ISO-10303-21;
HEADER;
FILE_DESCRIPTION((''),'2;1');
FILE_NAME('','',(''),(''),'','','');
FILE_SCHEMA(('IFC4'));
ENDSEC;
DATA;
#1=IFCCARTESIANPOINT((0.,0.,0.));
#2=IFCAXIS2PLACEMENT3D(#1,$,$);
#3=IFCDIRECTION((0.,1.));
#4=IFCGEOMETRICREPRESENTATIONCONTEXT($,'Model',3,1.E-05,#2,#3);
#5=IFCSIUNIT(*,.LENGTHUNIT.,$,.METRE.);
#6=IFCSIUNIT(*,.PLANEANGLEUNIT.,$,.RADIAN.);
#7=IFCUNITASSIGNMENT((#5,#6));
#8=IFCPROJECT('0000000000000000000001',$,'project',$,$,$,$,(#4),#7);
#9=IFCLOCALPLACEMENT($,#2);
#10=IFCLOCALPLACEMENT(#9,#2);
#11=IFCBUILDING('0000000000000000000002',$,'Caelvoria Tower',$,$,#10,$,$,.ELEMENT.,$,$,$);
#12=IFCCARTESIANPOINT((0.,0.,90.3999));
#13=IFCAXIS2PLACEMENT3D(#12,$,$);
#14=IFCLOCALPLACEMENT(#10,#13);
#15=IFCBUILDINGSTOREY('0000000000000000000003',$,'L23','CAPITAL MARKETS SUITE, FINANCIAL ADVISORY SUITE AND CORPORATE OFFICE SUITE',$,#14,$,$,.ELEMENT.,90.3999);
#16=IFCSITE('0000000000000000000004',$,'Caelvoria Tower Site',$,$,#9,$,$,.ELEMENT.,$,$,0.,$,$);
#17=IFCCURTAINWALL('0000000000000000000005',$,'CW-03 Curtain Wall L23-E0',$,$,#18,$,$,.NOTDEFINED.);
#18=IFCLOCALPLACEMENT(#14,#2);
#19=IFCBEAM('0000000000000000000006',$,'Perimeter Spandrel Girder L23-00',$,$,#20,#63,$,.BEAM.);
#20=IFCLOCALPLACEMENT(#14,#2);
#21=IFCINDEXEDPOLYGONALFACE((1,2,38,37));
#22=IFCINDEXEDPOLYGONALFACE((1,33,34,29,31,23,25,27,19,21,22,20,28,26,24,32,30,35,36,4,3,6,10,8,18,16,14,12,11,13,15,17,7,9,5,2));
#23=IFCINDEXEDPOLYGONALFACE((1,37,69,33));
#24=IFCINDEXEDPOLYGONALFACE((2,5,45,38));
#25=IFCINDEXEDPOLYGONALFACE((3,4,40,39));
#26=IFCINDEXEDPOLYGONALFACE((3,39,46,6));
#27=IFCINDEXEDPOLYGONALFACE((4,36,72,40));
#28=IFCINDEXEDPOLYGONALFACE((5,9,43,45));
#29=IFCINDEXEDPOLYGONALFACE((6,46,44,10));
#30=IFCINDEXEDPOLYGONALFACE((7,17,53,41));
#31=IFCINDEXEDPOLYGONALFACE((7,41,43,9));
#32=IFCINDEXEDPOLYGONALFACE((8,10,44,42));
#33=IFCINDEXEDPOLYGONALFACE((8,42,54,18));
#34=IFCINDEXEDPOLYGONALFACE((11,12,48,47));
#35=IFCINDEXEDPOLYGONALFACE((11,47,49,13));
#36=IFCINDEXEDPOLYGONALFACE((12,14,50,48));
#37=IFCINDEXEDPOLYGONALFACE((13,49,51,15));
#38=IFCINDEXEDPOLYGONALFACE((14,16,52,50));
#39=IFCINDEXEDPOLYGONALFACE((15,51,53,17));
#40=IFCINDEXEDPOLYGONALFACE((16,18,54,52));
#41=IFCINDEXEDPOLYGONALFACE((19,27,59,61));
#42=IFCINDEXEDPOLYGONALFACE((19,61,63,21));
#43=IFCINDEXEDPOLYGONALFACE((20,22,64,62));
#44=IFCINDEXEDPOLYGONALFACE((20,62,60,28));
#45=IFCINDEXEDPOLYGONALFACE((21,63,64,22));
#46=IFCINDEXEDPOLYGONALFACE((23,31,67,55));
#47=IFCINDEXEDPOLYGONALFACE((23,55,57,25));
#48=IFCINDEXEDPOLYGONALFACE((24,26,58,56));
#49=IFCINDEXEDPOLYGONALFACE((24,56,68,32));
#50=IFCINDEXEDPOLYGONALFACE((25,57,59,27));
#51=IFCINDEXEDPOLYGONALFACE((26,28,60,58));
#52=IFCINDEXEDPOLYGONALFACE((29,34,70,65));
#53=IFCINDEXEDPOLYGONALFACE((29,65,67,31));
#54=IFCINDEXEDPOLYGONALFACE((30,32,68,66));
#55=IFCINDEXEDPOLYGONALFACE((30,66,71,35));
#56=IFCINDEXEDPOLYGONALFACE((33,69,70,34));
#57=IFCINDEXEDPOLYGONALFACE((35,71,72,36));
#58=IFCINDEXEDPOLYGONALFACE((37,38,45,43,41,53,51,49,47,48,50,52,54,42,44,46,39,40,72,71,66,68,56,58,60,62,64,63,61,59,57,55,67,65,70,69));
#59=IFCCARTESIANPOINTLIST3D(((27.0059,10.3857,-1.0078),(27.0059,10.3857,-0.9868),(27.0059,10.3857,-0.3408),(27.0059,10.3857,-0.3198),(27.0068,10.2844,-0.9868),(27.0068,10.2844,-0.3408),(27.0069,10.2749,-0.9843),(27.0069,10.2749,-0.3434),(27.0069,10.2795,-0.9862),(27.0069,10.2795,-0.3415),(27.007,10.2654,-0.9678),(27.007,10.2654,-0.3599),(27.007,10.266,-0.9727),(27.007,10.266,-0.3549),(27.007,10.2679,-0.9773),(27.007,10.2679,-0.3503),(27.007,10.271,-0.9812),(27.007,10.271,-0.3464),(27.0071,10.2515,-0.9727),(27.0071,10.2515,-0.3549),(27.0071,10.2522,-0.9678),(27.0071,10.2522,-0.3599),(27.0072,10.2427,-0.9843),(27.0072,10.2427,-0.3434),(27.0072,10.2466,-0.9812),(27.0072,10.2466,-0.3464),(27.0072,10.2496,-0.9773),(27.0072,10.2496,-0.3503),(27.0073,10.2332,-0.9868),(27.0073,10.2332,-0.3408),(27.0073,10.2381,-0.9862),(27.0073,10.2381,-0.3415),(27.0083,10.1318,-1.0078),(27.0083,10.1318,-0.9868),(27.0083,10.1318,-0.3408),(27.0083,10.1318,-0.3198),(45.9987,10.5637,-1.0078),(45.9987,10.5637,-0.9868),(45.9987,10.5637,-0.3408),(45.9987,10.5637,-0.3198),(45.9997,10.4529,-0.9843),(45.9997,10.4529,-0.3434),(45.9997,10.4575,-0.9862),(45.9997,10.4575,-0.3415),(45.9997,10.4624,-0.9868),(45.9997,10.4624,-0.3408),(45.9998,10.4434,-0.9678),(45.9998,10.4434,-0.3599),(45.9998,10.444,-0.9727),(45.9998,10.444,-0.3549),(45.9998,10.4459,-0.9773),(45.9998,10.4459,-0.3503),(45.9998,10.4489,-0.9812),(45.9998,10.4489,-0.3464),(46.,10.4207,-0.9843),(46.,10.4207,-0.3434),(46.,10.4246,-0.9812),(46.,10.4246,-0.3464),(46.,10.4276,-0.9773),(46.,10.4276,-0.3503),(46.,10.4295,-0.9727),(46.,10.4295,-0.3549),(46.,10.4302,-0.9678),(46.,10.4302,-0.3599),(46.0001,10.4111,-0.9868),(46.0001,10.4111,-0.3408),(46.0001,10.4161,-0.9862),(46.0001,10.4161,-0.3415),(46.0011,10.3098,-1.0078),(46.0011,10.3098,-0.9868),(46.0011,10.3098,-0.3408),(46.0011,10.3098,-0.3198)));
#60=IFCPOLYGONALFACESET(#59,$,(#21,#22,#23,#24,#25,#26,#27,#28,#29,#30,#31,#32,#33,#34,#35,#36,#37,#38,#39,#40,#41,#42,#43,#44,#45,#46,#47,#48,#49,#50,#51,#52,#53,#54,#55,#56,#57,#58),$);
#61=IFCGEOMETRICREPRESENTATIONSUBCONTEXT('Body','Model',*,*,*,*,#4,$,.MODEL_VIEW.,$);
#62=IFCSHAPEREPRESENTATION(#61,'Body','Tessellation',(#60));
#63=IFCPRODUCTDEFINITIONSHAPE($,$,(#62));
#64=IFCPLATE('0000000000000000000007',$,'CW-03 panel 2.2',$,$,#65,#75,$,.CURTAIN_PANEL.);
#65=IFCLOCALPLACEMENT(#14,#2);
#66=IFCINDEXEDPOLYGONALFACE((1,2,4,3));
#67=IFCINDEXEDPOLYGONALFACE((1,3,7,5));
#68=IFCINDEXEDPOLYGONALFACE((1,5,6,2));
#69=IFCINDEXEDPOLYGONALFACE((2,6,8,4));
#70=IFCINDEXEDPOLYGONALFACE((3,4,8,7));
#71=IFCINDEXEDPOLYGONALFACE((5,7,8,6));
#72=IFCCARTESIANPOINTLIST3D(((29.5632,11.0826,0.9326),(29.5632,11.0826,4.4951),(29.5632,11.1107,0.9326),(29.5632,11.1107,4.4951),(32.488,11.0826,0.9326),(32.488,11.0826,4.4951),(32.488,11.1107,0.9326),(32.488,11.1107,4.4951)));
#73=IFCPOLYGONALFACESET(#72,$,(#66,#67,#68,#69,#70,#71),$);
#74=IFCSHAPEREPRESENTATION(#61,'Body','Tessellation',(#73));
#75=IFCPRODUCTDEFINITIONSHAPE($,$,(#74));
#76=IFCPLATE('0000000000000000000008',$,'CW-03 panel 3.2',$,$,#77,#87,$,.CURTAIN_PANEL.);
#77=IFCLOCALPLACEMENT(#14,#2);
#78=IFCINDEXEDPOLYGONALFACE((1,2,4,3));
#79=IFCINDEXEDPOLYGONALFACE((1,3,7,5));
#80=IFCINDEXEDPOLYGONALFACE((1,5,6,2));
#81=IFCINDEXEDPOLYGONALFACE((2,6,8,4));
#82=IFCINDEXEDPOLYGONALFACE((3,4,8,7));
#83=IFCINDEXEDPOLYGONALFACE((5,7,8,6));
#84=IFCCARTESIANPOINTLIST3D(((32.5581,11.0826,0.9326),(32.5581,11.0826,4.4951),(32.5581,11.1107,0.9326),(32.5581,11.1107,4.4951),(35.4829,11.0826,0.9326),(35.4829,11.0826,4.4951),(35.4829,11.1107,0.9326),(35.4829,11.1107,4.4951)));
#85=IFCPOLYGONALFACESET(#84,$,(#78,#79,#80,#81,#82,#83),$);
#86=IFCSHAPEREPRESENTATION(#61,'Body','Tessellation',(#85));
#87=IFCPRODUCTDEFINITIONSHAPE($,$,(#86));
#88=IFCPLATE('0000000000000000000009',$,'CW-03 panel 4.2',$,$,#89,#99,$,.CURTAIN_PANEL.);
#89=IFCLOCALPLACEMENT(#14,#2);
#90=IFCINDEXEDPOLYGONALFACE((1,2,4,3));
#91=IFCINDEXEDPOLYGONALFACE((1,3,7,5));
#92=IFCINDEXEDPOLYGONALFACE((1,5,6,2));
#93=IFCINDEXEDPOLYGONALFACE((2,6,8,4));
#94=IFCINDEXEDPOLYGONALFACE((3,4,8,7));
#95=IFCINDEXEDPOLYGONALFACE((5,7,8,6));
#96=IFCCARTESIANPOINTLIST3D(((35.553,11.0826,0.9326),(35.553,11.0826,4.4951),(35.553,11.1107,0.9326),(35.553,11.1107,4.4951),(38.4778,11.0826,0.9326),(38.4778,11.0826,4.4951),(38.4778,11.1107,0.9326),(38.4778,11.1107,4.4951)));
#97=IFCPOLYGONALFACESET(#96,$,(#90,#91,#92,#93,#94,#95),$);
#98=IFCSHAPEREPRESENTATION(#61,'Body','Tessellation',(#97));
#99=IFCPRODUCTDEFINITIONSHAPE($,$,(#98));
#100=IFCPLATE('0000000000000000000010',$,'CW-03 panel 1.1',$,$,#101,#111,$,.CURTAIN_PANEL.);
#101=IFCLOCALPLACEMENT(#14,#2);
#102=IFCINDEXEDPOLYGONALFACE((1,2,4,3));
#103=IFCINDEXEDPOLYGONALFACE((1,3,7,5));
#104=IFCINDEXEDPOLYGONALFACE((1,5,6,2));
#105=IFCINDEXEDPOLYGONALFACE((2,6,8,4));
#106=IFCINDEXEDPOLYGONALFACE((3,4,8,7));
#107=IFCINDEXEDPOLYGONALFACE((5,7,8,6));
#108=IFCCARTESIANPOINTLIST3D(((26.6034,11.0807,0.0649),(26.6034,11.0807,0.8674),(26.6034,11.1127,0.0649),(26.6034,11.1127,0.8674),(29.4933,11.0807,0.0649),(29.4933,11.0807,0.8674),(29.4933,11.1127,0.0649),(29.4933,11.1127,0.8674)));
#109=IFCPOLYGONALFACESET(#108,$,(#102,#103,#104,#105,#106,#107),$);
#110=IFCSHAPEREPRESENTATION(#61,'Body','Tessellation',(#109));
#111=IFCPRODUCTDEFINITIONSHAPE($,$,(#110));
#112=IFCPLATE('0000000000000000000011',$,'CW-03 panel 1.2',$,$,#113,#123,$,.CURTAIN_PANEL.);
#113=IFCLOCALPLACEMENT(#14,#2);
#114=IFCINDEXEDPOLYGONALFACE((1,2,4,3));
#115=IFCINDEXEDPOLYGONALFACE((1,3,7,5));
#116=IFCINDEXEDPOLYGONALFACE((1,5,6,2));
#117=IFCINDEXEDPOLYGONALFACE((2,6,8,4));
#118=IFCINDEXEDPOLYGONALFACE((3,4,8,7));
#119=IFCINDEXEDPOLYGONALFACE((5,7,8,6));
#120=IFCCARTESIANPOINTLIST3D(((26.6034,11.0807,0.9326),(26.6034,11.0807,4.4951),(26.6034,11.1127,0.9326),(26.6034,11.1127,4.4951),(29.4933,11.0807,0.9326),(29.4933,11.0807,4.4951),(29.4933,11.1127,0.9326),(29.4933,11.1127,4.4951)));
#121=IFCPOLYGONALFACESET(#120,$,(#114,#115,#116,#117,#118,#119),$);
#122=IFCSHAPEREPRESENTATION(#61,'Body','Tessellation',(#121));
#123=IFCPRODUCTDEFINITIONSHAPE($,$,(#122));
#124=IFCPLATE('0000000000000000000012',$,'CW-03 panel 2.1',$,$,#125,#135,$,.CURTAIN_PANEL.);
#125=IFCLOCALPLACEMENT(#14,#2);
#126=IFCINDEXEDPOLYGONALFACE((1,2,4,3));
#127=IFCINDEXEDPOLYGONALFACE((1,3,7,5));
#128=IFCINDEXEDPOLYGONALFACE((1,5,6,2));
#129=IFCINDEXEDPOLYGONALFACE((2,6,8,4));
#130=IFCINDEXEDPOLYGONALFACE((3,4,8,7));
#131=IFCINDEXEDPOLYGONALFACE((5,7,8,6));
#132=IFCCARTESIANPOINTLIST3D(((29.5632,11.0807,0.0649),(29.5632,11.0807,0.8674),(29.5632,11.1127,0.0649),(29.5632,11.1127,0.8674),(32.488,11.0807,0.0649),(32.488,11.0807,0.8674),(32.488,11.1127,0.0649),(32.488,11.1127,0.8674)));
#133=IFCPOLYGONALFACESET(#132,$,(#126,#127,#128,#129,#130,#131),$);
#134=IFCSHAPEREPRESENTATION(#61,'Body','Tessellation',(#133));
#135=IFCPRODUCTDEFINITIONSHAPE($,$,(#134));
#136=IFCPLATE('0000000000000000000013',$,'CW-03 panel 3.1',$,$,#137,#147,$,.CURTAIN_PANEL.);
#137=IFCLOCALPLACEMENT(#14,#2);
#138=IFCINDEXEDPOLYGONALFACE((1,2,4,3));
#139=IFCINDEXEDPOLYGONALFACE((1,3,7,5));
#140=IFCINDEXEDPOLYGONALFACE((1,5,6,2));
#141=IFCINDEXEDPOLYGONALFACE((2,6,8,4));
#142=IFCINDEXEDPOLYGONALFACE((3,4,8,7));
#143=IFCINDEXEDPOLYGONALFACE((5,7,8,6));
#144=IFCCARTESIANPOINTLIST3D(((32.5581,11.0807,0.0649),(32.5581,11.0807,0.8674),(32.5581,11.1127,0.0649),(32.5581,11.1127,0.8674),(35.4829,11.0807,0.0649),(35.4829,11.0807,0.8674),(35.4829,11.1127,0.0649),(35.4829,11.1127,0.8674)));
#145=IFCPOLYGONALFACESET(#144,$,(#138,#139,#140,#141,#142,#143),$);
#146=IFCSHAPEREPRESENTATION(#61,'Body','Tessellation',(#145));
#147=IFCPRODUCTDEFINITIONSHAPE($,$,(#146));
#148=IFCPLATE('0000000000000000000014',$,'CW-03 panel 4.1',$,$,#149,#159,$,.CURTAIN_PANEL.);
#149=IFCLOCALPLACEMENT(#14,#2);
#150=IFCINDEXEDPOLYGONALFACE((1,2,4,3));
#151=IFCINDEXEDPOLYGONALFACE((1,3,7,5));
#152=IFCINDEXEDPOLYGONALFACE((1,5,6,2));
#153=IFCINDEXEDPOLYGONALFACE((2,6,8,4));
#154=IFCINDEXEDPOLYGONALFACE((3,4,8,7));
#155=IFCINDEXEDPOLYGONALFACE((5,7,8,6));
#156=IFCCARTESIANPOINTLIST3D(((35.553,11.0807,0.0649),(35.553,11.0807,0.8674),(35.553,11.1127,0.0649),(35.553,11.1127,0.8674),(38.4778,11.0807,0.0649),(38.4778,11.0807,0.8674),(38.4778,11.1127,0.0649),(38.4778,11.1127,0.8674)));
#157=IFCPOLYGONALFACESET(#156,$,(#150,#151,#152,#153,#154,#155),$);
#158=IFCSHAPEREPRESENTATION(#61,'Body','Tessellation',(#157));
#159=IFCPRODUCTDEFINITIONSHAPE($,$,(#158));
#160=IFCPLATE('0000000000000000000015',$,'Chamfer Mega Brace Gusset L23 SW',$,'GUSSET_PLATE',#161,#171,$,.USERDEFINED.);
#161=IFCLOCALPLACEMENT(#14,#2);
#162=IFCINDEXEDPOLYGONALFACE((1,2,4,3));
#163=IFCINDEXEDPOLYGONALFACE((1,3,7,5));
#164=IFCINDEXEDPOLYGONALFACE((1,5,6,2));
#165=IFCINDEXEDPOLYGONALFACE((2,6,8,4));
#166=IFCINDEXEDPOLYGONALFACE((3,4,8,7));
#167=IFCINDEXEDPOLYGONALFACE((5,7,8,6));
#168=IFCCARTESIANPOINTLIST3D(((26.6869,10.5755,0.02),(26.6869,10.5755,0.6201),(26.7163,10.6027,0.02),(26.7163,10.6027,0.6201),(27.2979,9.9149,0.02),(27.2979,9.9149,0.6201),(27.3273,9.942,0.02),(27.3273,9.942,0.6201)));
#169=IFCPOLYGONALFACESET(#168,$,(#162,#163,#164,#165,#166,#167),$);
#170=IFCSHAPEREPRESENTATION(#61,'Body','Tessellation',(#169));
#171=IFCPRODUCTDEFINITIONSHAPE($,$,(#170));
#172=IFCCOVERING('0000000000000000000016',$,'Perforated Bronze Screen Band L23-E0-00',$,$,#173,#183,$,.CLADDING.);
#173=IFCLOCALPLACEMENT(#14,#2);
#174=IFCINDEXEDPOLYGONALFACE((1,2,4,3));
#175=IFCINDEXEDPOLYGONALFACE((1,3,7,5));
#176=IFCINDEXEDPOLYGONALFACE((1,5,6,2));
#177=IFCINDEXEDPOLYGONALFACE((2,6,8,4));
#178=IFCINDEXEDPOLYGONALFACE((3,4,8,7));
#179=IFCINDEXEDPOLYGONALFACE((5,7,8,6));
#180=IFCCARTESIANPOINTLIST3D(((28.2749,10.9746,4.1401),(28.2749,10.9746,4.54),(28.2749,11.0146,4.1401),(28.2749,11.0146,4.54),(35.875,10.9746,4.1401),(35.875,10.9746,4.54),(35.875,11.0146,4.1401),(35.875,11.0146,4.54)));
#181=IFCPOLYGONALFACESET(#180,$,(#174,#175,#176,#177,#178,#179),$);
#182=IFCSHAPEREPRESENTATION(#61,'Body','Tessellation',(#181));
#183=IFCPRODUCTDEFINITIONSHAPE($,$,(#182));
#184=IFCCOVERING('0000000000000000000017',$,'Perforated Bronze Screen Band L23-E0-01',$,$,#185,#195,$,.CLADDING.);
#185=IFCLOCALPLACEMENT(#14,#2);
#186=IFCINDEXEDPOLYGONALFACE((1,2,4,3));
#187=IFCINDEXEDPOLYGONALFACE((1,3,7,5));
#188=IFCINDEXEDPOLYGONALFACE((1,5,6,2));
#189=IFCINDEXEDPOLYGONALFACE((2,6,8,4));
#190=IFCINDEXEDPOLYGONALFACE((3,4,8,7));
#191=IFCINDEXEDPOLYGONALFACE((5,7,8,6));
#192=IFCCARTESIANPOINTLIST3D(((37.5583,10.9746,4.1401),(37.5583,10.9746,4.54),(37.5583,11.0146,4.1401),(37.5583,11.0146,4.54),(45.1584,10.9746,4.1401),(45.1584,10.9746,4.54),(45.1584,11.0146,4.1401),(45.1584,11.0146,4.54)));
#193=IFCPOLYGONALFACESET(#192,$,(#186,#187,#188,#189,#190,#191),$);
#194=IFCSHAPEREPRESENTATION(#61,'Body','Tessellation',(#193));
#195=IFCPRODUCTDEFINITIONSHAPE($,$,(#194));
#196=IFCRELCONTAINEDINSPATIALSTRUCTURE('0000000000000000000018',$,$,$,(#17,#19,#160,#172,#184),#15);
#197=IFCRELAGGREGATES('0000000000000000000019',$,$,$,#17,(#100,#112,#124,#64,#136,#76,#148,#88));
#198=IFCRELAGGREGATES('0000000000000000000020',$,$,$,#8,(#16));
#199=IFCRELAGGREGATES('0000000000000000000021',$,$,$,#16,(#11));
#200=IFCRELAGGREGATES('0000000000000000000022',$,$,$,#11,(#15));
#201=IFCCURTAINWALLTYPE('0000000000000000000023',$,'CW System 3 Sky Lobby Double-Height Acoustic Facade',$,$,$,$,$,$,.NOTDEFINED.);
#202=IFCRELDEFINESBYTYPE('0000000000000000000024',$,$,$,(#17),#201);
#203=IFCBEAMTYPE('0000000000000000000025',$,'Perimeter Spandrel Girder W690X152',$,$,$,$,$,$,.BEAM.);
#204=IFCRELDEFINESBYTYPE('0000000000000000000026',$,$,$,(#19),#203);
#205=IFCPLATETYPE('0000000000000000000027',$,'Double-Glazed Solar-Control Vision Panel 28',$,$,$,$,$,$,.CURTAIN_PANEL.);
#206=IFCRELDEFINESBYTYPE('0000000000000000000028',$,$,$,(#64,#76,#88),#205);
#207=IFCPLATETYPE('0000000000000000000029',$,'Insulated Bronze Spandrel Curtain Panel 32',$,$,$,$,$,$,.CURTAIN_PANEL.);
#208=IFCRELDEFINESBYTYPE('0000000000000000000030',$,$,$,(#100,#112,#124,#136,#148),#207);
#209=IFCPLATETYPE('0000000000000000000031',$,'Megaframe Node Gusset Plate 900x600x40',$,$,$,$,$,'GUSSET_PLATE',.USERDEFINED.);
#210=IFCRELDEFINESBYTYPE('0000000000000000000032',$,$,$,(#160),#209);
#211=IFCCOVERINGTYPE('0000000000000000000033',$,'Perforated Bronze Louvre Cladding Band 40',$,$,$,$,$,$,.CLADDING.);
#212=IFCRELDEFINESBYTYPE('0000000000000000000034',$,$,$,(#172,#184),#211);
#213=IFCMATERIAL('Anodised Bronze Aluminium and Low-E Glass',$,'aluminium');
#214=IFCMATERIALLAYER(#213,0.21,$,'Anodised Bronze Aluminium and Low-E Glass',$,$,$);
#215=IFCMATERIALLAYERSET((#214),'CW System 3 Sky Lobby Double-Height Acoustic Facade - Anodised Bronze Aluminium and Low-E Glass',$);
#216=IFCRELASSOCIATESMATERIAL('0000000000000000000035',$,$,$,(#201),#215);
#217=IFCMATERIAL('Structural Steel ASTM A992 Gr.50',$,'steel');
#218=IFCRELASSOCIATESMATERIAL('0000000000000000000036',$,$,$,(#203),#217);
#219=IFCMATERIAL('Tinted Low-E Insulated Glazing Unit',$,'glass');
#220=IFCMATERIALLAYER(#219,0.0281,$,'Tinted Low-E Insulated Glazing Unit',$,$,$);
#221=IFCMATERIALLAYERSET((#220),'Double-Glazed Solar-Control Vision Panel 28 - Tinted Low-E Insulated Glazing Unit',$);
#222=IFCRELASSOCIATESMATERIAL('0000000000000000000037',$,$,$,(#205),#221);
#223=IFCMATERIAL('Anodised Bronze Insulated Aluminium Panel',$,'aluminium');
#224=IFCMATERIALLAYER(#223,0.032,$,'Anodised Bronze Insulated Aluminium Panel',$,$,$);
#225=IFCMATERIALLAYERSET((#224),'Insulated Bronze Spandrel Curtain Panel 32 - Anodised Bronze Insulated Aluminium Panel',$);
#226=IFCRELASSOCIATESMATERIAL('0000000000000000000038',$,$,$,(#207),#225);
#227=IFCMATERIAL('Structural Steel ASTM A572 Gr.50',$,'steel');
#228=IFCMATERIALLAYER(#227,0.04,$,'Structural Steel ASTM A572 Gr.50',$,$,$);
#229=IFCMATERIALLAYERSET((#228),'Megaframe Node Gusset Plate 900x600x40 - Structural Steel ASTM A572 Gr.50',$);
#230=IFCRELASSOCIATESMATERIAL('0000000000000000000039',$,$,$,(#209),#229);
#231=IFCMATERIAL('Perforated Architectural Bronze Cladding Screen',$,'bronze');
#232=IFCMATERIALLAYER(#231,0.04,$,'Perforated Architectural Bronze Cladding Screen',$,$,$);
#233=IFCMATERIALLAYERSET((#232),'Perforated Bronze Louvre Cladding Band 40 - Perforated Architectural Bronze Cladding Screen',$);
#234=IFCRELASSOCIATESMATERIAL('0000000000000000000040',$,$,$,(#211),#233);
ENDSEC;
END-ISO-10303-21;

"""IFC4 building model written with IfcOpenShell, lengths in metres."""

from ifc_helpers import new_model, si_unit, direction, frame, origin, origin_2d, place, context, subcontext, project, spatial, rectangle, i_section, extrude, material, layer, layer_set, material_profile, profile_set, type_object, element, aggregate, save


model = new_model("IFC4")

# Units and contexts
model_context = context("Model", 3, precision=1e-05, world=origin(), true_north=direction((0.0, 1.0)))
body_context = subcontext(model_context, "Body", "Model", "MODEL_VIEW")
ifc_project = project(units=[si_unit("LENGTHUNIT", "METRE"), si_unit("PLANEANGLEUNIT", "RADIAN")], contexts=[model_context])

# Site, building, storey
site_placement = place(None, origin())
site = spatial("IfcSite", under=ifc_project, at=site_placement, Name="Caelvoria Tower Site", CompositionType="ELEMENT", RefElevation=0.0)
building_placement = place(site_placement, origin())
building = spatial("IfcBuilding", under=site, at=building_placement, Name="Caelvoria Tower", CompositionType="ELEMENT")
storey_placement = place(building_placement, frame((0.0, 0.0, 90.3999)))
storey = spatial("IfcBuildingStorey", under=building, at=storey_placement, Name="L23", Description="CAPITAL MARKETS SUITE, FINANCIAL ADVISORY SUITE AND CORPORATE OFFICE SUITE", CompositionType="ELEMENT", Elevation=90.3999)

# Shared definitions
ifc_material_1 = material(Name="Structural Steel ASTM A572 Gr.50", Category="steel")

# Curtain wall
ifc_material_2 = material(Name="Anodised Bronze Aluminium and Low-E Glass", Category="aluminium")
ifc_layer_1 = layer(ifc_material_2, 0.21, Name="Anodised Bronze Aluminium and Low-E Glass")
ifc_layer_set_1 = layer_set([ifc_layer_1], Name="CW System 3 Sky Lobby Double-Height Acoustic Facade - Anodised Bronze Aluminium and Low-E Glass")
curtain_wall_type = type_object("IfcCurtainWallType", Name="CW System 3 Sky Lobby Double-Height Acoustic Facade", PredefinedType="NOTDEFINED", material=ifc_layer_set_1)
curtain_wall_1_placement = place(storey_placement, origin())
curtain_wall_1 = element("IfcCurtainWall", 1, at=curtain_wall_1_placement, inside=storey, type_object=curtain_wall_type, Name="CW-03 Curtain Wall L23-E0", PredefinedType="NOTDEFINED")

# Beam
ifc_material_3 = material(Name="Structural Steel ASTM A992 Gr.50", Category="steel")
ifc_material_profile_1 = material_profile(ifc_material_3, i_section(OverallWidth=0.2539, OverallDepth=0.688, WebThickness=0.0132, FlangeThickness=0.021, FilletRadius=0.019, at=origin_2d()), Name="Structural Steel ASTM A992 Gr.50")
ifc_profile_set_1 = profile_set([ifc_material_profile_1], Name="W690X152 - Structural Steel ASTM A992 Gr.50")
beam_type = type_object("IfcBeamType", Name="Perimeter Spandrel Girder W690X152", PredefinedType="BEAM", material=ifc_profile_set_1)
beam_placement = place(storey_placement, frame((27.0071, 10.2588, -0.6638), z_axis=(0.999956, 0.00937, 0.0), x_axis=(-0.00937, 0.999956, 0.0)))
element("IfcBeam", 2, at=beam_placement, inside=storey, type_object=beam_type, Name="Perimeter Spandrel Girder L23-00", PredefinedType="BEAM", context=body_context, shape_type="SweptSolid", body=[
    extrude(i_section(OverallWidth=0.2539, OverallDepth=0.688, WebThickness=0.0132, FlangeThickness=0.021, FilletRadius=0.019, at=origin_2d()), origin(), (0.0, 0.0, 1.0), 18.9937),
])

# Plates
ifc_material_4 = material(Name="Tinted Low-E Insulated Glazing Unit", Category="glass")
ifc_layer_2 = layer(ifc_material_4, 0.0281, Name="Tinted Low-E Insulated Glazing Unit")
ifc_layer_set_2 = layer_set([ifc_layer_2], Name="Double-Glazed Solar-Control Vision Panel 28 - Tinted Low-E Insulated Glazing Unit")
plate_type_1 = type_object("IfcPlateType", Name="Double-Glazed Solar-Control Vision Panel 28", PredefinedType="CURTAIN_PANEL", material=ifc_layer_set_2)
plate_1_placement = place(storey_placement, frame((31.0256, 11.0967, 0.9326), z_axis=(0.0, 0.0, 1.0), x_axis=(1.0, 0.0, 0.0)))
plate_1 = element("IfcPlate", 3, at=plate_1_placement, type_object=plate_type_1, Name="CW-03 panel 2.2", PredefinedType="CURTAIN_PANEL", context=body_context, shape_type="SweptSolid", body=[
    extrude(rectangle(XDim=2.9248, YDim=0.0281, at=origin_2d()), origin(), (0.0, 0.0, 1.0), 3.5625),
])
plate_2_placement = place(storey_placement, frame((34.0205, 11.0967, 0.9326), z_axis=(0.0, 0.0, 1.0), x_axis=(1.0, 0.0, 0.0)))
plate_2 = element("IfcPlate", 4, at=plate_2_placement, type_object=plate_type_1, Name="CW-03 panel 3.2", PredefinedType="CURTAIN_PANEL", context=body_context, shape_type="SweptSolid", body=[
    extrude(rectangle(XDim=2.9248, YDim=0.0281, at=origin_2d()), origin(), (0.0, 0.0, 1.0), 3.5625),
])
plate_3_placement = place(storey_placement, frame((37.0154, 11.0967, 0.9326), z_axis=(0.0, 0.0, 1.0), x_axis=(1.0, 0.0, 0.0)))
plate_3 = element("IfcPlate", 5, at=plate_3_placement, type_object=plate_type_1, Name="CW-03 panel 4.2", PredefinedType="CURTAIN_PANEL", context=body_context, shape_type="SweptSolid", body=[
    extrude(rectangle(XDim=2.9248, YDim=0.0281, at=origin_2d()), origin(), (0.0, 0.0, 1.0), 3.5625),
])
ifc_material_5 = material(Name="Anodised Bronze Insulated Aluminium Panel", Category="aluminium")
ifc_layer_3 = layer(ifc_material_5, 0.032, Name="Anodised Bronze Insulated Aluminium Panel")
ifc_layer_set_3 = layer_set([ifc_layer_3], Name="Insulated Bronze Spandrel Curtain Panel 32 - Anodised Bronze Insulated Aluminium Panel")
plate_type_2 = type_object("IfcPlateType", Name="Insulated Bronze Spandrel Curtain Panel 32", PredefinedType="CURTAIN_PANEL", material=ifc_layer_set_3)
plate_4_placement = place(storey_placement, frame((28.0483, 11.0967, 0.0649), z_axis=(0.0, 0.0, 1.0), x_axis=(1.0, 0.0, 0.0)))
plate_4 = element("IfcPlate", 6, at=plate_4_placement, type_object=plate_type_2, Name="CW-03 panel 1.1", PredefinedType="CURTAIN_PANEL", context=body_context, shape_type="SweptSolid", body=[
    extrude(rectangle(XDim=2.8899, YDim=0.032, at=origin_2d()), origin(), (0.0, 0.0, 1.0), 0.8025),
])
plate_5_placement = place(storey_placement, frame((28.0483, 11.0967, 0.9326), z_axis=(0.0, 0.0, 1.0), x_axis=(1.0, 0.0, 0.0)))
plate_5 = element("IfcPlate", 7, at=plate_5_placement, type_object=plate_type_2, Name="CW-03 panel 1.2", PredefinedType="CURTAIN_PANEL", context=body_context, shape_type="SweptSolid", body=[
    extrude(rectangle(XDim=2.8899, YDim=0.032, at=origin_2d()), origin(), (0.0, 0.0, 1.0), 3.5625),
])
plate_6_placement = place(storey_placement, frame((31.0256, 11.0967, 0.0649), z_axis=(0.0, 0.0, 1.0), x_axis=(1.0, 0.0, 0.0)))
plate_6 = element("IfcPlate", 8, at=plate_6_placement, type_object=plate_type_2, Name="CW-03 panel 2.1", PredefinedType="CURTAIN_PANEL", context=body_context, shape_type="SweptSolid", body=[
    extrude(rectangle(XDim=2.9248, YDim=0.032, at=origin_2d()), origin(), (0.0, 0.0, 1.0), 0.8025),
])
plate_7_placement = place(storey_placement, frame((34.0205, 11.0967, 0.0649), z_axis=(0.0, 0.0, 1.0), x_axis=(1.0, 0.0, 0.0)))
plate_7 = element("IfcPlate", 9, at=plate_7_placement, type_object=plate_type_2, Name="CW-03 panel 3.1", PredefinedType="CURTAIN_PANEL", context=body_context, shape_type="SweptSolid", body=[
    extrude(rectangle(XDim=2.9248, YDim=0.032, at=origin_2d()), origin(), (0.0, 0.0, 1.0), 0.8025),
])
plate_8_placement = place(storey_placement, frame((37.0154, 11.0967, 0.0649), z_axis=(0.0, 0.0, 1.0), x_axis=(1.0, 0.0, 0.0)))
plate_8 = element("IfcPlate", 10, at=plate_8_placement, type_object=plate_type_2, Name="CW-03 panel 4.1", PredefinedType="CURTAIN_PANEL", context=body_context, shape_type="SweptSolid", body=[
    extrude(rectangle(XDim=2.9248, YDim=0.032, at=origin_2d()), origin(), (0.0, 0.0, 1.0), 0.8025),
])
aggregate(curtain_wall_1, [plate_4, plate_5, plate_6, plate_1, plate_7, plate_2, plate_8, plate_3])
ifc_layer_4 = layer(ifc_material_1, 0.04, Name="Structural Steel ASTM A572 Gr.50")
ifc_layer_set_4 = layer_set([ifc_layer_4], Name="Megaframe Node Gusset Plate 900x600x40 - Structural Steel ASTM A572 Gr.50")
plate_type_3 = type_object("IfcPlateType", Name="Megaframe Node Gusset Plate 900x600x40", ElementType="GUSSET_PLATE", PredefinedType="USERDEFINED", material=ifc_layer_set_4)
plate_9_placement = place(storey_placement, frame((27.0071, 10.2588, 0.02), z_axis=(0.0, 0.0, 1.0), x_axis=(-0.678965, 0.734171, 0.0)))
element("IfcPlate", 11, at=plate_9_placement, inside=storey, type_object=plate_type_3, Name="Chamfer Mega Brace Gusset L23 SW", ObjectType="GUSSET_PLATE", PredefinedType="USERDEFINED", context=body_context, shape_type="SweptSolid", body=[
    extrude(rectangle(XDim=0.8999, YDim=0.04, at=origin_2d()), origin(), (0.0, 0.0, 1.0), 0.6001),
])

# Coverings
ifc_material_6 = material(Name="Perforated Architectural Bronze Cladding Screen", Category="bronze")
ifc_layer_5 = layer(ifc_material_6, 0.04, Name="Perforated Architectural Bronze Cladding Screen")
ifc_layer_set_5 = layer_set([ifc_layer_5], Name="Perforated Bronze Louvre Cladding Band 40 - Perforated Architectural Bronze Cladding Screen")
covering_type = type_object("IfcCoveringType", Name="Perforated Bronze Louvre Cladding Band 40", PredefinedType="CLADDING", material=ifc_layer_set_5)
for number, where, z_axis, x_axis, name in (
    (12, (32.075, 10.9946, 4.1401), (0.0, 0.0, 1.0), (1.0, 0.0, 0.0), "Perforated Bronze Screen Band L23-E0-00"),
    (13, (41.3584, 10.9946, 4.1401), (0.0, 0.0, 1.0), (1.0, 0.0, 0.0), "Perforated Bronze Screen Band L23-E0-01"),
):
    element("IfcCovering", number, at=place(storey_placement, frame(where, z_axis=z_axis, x_axis=x_axis)), inside=storey, type_object=covering_type, Name=name, PredefinedType="CLADDING", context=body_context, shape_type="SweptSolid", body=[
        extrude(rectangle(XDim=7.6001, YDim=0.04, at=origin_2d()), origin(), (0.0, 0.0, 1.0), 0.3999),
    ])

save(model, "model.ifc")
